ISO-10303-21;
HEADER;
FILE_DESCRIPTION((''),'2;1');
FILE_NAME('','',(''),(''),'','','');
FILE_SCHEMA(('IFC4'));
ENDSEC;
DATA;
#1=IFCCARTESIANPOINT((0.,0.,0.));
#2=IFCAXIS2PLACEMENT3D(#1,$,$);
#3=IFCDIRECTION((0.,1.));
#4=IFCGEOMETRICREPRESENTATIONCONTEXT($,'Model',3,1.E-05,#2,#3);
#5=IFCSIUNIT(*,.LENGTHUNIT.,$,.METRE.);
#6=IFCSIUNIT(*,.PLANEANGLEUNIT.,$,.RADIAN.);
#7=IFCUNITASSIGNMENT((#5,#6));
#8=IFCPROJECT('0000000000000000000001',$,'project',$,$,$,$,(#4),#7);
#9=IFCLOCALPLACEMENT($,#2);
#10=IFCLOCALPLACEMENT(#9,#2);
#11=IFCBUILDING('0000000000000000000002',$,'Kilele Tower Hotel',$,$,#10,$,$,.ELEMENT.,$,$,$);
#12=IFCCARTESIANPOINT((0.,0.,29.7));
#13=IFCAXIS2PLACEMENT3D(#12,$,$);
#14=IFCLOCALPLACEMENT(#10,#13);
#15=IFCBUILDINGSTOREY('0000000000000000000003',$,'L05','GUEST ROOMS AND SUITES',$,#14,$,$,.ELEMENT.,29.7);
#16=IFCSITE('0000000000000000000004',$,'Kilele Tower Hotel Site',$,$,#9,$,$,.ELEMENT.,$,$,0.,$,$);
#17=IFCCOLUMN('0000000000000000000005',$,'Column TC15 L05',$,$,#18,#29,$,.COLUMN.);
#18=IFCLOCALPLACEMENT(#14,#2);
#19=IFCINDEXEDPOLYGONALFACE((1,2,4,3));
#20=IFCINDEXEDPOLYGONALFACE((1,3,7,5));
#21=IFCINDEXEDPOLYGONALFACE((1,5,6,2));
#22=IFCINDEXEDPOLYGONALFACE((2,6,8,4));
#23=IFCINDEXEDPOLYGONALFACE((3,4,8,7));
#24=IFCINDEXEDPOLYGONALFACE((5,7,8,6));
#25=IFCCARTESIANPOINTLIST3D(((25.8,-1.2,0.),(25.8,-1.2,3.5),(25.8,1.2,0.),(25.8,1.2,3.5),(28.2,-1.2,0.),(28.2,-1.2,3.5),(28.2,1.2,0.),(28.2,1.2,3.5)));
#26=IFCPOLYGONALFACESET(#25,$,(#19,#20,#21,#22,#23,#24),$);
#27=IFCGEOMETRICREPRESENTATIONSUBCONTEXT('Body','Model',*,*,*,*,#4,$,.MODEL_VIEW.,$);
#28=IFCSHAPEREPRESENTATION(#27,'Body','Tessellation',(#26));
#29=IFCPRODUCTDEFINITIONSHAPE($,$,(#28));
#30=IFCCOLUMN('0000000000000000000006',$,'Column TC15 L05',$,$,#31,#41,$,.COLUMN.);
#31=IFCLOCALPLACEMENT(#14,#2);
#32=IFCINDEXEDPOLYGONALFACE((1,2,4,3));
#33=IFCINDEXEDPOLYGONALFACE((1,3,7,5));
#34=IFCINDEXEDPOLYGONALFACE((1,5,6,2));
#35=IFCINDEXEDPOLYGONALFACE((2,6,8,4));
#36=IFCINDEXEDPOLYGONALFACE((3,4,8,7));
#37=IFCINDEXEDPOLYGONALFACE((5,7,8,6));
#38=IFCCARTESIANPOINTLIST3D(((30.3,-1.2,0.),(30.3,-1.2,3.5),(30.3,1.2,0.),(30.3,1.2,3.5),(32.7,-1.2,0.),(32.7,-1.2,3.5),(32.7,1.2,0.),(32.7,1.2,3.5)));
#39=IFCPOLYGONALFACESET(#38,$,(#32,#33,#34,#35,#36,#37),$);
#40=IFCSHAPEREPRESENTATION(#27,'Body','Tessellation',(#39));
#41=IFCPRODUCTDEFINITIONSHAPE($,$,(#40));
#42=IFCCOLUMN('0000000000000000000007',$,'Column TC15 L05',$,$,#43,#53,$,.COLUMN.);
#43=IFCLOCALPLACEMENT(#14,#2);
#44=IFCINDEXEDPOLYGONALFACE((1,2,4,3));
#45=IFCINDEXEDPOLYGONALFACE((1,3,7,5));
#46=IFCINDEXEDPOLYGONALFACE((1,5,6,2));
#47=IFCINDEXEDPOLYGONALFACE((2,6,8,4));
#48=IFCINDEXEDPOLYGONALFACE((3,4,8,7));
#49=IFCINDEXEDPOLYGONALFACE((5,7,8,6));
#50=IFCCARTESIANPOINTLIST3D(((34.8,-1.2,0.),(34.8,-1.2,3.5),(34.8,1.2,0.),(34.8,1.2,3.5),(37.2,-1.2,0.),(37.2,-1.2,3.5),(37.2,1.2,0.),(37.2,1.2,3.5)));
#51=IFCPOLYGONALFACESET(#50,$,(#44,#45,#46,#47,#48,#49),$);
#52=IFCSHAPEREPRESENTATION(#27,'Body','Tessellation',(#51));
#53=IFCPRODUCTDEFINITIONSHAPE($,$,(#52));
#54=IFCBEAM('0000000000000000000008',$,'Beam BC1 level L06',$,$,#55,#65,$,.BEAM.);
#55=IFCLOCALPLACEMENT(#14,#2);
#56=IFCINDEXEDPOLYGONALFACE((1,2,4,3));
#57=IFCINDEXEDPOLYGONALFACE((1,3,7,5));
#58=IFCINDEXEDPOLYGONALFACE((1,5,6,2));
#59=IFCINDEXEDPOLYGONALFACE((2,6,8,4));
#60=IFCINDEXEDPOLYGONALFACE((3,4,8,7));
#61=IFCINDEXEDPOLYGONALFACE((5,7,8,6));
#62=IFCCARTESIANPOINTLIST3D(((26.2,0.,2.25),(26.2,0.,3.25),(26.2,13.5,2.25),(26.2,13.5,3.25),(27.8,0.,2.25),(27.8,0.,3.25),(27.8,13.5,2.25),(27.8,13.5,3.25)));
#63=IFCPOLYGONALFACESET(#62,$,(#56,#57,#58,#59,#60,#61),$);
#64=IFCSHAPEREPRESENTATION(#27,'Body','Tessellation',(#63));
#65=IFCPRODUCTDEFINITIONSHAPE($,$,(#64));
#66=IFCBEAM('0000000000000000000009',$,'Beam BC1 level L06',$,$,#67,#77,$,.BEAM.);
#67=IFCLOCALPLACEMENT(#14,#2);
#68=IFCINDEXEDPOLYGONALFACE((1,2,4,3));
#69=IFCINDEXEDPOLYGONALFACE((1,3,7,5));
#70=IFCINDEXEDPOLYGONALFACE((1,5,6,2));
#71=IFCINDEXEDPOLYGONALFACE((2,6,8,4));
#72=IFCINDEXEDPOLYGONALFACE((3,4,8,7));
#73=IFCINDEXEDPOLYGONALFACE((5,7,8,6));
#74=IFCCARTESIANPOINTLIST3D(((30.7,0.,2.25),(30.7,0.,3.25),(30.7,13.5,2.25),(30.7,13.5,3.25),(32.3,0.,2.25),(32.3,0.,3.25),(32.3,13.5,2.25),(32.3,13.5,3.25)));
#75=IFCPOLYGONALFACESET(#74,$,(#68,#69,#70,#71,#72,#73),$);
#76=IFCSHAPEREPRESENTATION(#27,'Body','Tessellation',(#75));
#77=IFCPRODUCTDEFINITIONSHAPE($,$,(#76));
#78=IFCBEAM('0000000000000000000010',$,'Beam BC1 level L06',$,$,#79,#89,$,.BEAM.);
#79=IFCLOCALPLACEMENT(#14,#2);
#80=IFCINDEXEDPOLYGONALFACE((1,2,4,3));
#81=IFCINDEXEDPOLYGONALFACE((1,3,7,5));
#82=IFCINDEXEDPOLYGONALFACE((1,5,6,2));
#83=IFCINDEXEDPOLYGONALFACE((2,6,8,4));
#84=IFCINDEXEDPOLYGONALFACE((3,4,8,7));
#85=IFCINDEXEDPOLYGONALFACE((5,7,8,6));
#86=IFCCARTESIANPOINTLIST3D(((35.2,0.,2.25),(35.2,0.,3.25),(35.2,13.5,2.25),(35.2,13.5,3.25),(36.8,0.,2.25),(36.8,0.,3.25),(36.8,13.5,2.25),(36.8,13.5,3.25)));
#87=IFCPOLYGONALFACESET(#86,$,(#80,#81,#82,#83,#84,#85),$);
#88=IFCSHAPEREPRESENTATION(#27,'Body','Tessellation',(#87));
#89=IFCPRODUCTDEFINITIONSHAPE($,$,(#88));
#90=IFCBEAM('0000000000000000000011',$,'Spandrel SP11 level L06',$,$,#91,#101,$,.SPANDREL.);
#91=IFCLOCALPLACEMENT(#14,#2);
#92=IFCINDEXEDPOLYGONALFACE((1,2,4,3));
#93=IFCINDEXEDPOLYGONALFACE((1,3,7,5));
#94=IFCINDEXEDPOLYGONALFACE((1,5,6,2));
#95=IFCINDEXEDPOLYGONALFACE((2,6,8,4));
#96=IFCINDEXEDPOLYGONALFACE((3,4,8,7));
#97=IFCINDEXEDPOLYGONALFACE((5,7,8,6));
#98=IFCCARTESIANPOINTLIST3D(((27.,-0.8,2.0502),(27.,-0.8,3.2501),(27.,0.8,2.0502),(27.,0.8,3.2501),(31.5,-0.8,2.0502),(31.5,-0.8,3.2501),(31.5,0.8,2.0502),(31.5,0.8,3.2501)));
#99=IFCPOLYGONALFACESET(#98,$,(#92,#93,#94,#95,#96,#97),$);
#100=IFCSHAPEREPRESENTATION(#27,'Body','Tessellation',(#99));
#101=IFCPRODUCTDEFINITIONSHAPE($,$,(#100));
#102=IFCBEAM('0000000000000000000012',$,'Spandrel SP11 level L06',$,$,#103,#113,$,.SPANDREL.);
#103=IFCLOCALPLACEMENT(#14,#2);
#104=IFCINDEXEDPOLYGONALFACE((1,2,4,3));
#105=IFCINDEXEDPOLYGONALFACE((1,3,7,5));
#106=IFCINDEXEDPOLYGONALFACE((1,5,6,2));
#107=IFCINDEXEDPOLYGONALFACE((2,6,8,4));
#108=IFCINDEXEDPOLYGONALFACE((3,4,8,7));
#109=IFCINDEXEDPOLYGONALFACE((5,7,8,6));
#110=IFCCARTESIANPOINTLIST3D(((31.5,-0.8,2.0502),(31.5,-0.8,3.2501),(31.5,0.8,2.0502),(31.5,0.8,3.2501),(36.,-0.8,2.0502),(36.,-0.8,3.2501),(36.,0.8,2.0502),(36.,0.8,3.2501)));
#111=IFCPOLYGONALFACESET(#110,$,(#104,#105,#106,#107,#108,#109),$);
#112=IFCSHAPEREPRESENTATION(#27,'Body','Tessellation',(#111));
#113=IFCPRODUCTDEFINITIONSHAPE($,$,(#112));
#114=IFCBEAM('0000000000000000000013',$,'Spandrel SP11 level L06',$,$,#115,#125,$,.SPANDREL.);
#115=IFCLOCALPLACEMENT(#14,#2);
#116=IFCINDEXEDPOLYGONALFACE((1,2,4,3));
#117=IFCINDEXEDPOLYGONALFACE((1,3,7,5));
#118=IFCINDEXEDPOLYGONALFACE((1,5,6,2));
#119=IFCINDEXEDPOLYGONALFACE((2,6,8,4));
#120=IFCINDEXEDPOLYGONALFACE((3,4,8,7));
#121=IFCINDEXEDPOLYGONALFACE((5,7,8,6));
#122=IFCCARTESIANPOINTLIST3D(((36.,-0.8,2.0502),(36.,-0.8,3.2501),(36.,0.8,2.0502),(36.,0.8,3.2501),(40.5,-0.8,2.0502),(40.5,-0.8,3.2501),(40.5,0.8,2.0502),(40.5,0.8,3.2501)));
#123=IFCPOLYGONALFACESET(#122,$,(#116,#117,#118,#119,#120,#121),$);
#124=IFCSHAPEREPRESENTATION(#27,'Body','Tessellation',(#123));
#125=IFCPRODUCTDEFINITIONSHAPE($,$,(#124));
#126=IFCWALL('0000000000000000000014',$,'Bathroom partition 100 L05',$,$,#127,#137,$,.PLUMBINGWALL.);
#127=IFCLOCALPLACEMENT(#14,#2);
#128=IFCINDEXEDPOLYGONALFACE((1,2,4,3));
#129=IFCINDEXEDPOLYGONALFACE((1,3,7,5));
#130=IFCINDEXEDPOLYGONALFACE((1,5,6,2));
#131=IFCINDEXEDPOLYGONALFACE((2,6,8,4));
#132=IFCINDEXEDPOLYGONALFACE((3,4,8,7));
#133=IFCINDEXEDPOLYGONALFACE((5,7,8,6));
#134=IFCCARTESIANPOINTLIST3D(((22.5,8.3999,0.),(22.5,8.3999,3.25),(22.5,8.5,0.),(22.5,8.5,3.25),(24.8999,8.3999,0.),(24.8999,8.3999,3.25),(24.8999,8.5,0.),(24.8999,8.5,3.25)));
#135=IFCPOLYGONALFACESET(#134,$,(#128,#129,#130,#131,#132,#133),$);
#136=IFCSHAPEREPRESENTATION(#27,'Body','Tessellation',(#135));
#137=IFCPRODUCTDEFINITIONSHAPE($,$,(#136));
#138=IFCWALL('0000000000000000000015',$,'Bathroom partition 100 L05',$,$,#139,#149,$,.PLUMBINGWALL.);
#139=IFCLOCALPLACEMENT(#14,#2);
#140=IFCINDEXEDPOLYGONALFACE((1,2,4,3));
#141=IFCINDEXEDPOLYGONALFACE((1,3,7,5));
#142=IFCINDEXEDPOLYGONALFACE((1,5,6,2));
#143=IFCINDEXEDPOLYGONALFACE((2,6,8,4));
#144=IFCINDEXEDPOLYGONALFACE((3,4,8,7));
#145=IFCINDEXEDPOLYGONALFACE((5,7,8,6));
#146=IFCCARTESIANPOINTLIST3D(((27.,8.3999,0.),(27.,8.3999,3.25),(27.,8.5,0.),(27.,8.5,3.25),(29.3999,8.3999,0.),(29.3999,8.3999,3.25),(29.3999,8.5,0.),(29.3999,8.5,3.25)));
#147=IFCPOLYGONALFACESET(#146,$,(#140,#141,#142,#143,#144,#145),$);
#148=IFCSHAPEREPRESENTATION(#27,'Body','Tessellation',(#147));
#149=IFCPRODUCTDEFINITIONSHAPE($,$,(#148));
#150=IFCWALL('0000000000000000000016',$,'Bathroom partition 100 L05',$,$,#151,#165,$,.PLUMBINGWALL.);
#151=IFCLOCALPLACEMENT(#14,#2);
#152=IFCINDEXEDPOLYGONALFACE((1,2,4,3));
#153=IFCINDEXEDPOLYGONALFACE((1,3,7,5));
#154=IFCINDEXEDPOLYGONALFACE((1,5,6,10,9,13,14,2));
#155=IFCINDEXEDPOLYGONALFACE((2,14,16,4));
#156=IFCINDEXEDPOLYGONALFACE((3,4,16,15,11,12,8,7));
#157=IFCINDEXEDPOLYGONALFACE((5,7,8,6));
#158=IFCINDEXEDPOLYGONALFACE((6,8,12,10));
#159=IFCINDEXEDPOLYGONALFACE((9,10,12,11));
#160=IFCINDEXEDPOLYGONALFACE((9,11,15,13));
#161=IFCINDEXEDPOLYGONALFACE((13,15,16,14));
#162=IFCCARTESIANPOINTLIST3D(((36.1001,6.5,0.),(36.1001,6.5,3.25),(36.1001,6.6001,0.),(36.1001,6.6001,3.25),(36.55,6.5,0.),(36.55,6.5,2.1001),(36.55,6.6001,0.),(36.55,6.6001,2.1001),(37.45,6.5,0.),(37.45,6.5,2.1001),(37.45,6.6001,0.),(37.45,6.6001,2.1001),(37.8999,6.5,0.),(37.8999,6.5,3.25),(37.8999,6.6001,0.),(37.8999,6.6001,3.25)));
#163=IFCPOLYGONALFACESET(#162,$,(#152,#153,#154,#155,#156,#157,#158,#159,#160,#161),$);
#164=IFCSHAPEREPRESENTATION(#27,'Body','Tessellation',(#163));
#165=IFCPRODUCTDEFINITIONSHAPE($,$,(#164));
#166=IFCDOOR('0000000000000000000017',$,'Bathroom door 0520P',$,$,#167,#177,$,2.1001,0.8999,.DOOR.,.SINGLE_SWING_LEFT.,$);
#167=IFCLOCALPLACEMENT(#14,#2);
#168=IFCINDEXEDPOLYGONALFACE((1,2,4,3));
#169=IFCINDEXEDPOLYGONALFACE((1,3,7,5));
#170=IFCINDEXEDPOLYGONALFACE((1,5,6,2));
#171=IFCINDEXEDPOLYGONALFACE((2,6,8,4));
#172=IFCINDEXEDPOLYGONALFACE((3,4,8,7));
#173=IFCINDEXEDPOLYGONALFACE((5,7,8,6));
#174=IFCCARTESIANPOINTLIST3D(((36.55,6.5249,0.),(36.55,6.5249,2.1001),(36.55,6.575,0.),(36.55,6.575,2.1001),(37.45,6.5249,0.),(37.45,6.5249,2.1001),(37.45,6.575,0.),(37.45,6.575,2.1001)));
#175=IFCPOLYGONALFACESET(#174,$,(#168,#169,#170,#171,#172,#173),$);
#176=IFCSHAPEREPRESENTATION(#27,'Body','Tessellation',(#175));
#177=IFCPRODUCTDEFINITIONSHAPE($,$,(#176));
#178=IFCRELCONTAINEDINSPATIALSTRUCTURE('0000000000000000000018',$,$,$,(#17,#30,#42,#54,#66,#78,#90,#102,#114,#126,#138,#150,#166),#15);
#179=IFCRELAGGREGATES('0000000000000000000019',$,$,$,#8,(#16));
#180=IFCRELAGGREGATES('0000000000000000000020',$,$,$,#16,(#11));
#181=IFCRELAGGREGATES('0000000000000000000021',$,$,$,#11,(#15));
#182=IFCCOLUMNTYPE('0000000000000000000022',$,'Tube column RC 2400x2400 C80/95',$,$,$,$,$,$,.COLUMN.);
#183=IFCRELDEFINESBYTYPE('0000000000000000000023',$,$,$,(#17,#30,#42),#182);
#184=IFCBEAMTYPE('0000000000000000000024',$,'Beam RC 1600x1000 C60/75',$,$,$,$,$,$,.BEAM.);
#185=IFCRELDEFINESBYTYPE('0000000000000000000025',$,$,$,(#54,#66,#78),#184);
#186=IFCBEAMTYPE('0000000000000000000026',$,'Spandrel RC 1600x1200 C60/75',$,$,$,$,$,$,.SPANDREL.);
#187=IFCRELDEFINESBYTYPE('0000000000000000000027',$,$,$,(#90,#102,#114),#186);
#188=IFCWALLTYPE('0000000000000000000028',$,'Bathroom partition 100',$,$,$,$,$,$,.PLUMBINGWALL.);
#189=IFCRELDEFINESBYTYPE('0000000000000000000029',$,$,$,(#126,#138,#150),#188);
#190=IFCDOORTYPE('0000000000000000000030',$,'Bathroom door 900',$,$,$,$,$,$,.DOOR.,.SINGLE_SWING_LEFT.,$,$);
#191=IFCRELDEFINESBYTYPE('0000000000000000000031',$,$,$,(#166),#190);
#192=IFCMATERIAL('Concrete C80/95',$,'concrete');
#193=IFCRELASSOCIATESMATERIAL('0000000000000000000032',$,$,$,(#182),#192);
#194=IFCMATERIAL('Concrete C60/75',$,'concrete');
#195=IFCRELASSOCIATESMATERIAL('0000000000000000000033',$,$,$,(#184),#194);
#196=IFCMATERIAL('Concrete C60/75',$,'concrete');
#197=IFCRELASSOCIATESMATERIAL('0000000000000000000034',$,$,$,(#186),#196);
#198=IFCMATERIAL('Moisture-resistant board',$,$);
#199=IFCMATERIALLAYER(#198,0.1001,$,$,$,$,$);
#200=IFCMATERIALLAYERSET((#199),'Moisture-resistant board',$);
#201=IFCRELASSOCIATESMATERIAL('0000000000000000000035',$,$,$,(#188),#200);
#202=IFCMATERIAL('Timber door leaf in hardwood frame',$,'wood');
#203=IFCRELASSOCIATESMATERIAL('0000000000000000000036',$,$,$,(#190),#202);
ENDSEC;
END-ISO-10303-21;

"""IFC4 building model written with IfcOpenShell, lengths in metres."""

from ifc_helpers import new_model, si_unit, direction, frame, frame_2d, origin, origin_2d, place, context, subcontext, project, spatial, rectangle, extrude, material, layer, layer_set, material_profile, profile_set, type_object, element, fill, save


model = new_model("IFC4")

# Units and contexts
model_context = context("Model", 3, precision=1e-05, world=origin(), true_north=direction((0.0, 1.0)))
body_context = subcontext(model_context, "Body", "Model", "MODEL_VIEW")
ifc_project = project(units=[si_unit("LENGTHUNIT", "METRE"), si_unit("PLANEANGLEUNIT", "RADIAN")], contexts=[model_context])

# Site, building, storey
site_placement = place(None, origin())
site = spatial("IfcSite", under=ifc_project, at=site_placement, Name="Kilele Tower Hotel Site", CompositionType="ELEMENT", RefElevation=0.0)
building_placement = place(site_placement, origin())
building = spatial("IfcBuilding", under=site, at=building_placement, Name="Kilele Tower Hotel", CompositionType="ELEMENT")
storey_placement = place(building_placement, frame((0.0, 0.0, 29.7)))
storey = spatial("IfcBuildingStorey", under=building, at=storey_placement, Name="L05", Description="GUEST ROOMS AND SUITES", CompositionType="ELEMENT", Elevation=29.7)

# Columns
ifc_material_1 = material(Name="Concrete C80/95", Category="concrete")
ifc_material_profile_1 = material_profile(ifc_material_1, rectangle(XDim=2.3999, YDim=2.3999, at=origin_2d()))
ifc_profile_set_1 = profile_set([ifc_material_profile_1], Name="Concrete C80/95")
column_type = type_object("IfcColumnType", Name="Tube column RC 2400x2400 C80/95", PredefinedType="COLUMN", material=ifc_profile_set_1)
for number, where, z_axis, x_axis, name in (
    (1, (27.0, 0.0, 0.0), (0.0, 0.0, 1.0), (1.0, 0.0, 0.0), "Column TC15 L05"),
    (2, (31.5, 0.0, 0.0), (0.0, 0.0, 1.0), (1.0, 0.0, 0.0), "Column TC15 L05"),
    (3, (36.0, 0.0, 0.0), (0.0, 0.0, 1.0), (1.0, 0.0, 0.0), "Column TC15 L05"),
):
    element("IfcColumn", number, at=place(storey_placement, frame(where, z_axis=z_axis, x_axis=x_axis)), inside=storey, type_object=column_type, Name=name, PredefinedType="COLUMN", context=body_context, shape_type="SweptSolid", body=[
        extrude(rectangle(XDim=2.3999, YDim=2.3999, at=origin_2d()), origin(), (0.0, 0.0, 1.0), 3.5),
    ])

# Beams
ifc_material_2 = material(Name="Concrete C60/75", Category="concrete")
ifc_material_profile_2 = material_profile(ifc_material_2, rectangle(XDim=1.6001, YDim=1.0, at=origin_2d()))
ifc_profile_set_2 = profile_set([ifc_material_profile_2], Name="Concrete C60/75")
beam_type_1 = type_object("IfcBeamType", Name="Beam RC 1600x1000 C60/75", PredefinedType="BEAM", material=ifc_profile_set_2)
for number, where, z_axis, x_axis, name in (
    (4, (27.0, 0.0, 2.75), (0.0, 1.0, 0.0), (-1.0, 0.0, 0.0), "Beam BC1 level L06"),
    (5, (31.5, 0.0, 2.75), (0.0, 1.0, 0.0), (-1.0, 0.0, 0.0), "Beam BC1 level L06"),
    (6, (36.0, 0.0, 2.75), (0.0, 1.0, 0.0), (-1.0, 0.0, 0.0), "Beam BC1 level L06"),
):
    element("IfcBeam", number, at=place(storey_placement, frame(where, z_axis=z_axis, x_axis=x_axis)), inside=storey, type_object=beam_type_1, Name=name, PredefinedType="BEAM", context=body_context, shape_type="SweptSolid", body=[
        extrude(rectangle(XDim=1.6001, YDim=1.0, at=origin_2d()), origin(), (0.0, 0.0, 1.0), 13.5),
    ])
ifc_material_3 = material(Name="Concrete C60/75", Category="concrete")
ifc_material_profile_3 = material_profile(ifc_material_3, rectangle(XDim=1.6001, YDim=1.2, at=origin_2d()))
ifc_profile_set_3 = profile_set([ifc_material_profile_3], Name="Concrete C60/75")
beam_type_2 = type_object("IfcBeamType", Name="Spandrel RC 1600x1200 C60/75", PredefinedType="SPANDREL", material=ifc_profile_set_3)
for number, where, z_axis, x_axis, name in (
    (7, (27.0, 0.0, 2.6501), (1.0, 0.0, 0.0), (0.0, 1.0, 0.0), "Spandrel SP11 level L06"),
    (8, (31.5, 0.0, 2.6501), (1.0, 0.0, 0.0), (0.0, 1.0, 0.0), "Spandrel SP11 level L06"),
    (9, (36.0, 0.0, 2.6501), (1.0, 0.0, 0.0), (0.0, 1.0, 0.0), "Spandrel SP11 level L06"),
):
    element("IfcBeam", number, at=place(storey_placement, frame(where, z_axis=z_axis, x_axis=x_axis)), inside=storey, type_object=beam_type_2, Name=name, PredefinedType="SPANDREL", context=body_context, shape_type="SweptSolid", body=[
        extrude(rectangle(XDim=1.6001, YDim=1.2, at=origin_2d()), origin(), (0.0, 0.0, 1.0), 4.5),
    ])

# Walls
ifc_material_4 = material(Name="Moisture-resistant board")
ifc_layer_1 = layer(ifc_material_4, 0.1001)
ifc_layer_set_1 = layer_set([ifc_layer_1], Name="Moisture-resistant board")
wall_type_1 = type_object("IfcWallType", Name="Bathroom partition 100", PredefinedType="PLUMBINGWALL", material=ifc_layer_set_1)
for number, where, z_axis, x_axis, name in (
    (10, (22.5, 8.45, 0.0), (0.0, 0.0, 1.0), (1.0, 0.0, 0.0), "Bathroom partition 100 L05"),
    (11, (27.0, 8.45, 0.0), (0.0, 0.0, 1.0), (1.0, 0.0, 0.0), "Bathroom partition 100 L05"),
):
    element("IfcWall", number, at=place(storey_placement, frame(where, z_axis=z_axis, x_axis=x_axis)), inside=storey, type_object=wall_type_1, Name=name, PredefinedType="PLUMBINGWALL", context=body_context, shape_type="SweptSolid", body=[
        extrude(rectangle(XDim=2.3999, YDim=0.1001, at=frame_2d((1.2, 0.0))), origin(), (0.0, 0.0, 1.0), 3.25),
    ])

# Wall, opening, door
wall_1_placement = place(storey_placement, frame((36.1001, 6.55, 0.0), z_axis=(0.0, 0.0, 1.0), x_axis=(1.0, 0.0, 0.0)))
wall_1 = element("IfcWall", 12, at=wall_1_placement, inside=storey, type_object=wall_type_1, Name="Bathroom partition 100 L05", PredefinedType="PLUMBINGWALL", context=body_context, shape_type="SweptSolid", body=[
    extrude(rectangle(XDim=1.7998, YDim=0.1001, at=frame_2d((0.8999, 0.0))), origin(), (0.0, 0.0, 1.0), 3.25),
])
opening_1_placement = place(wall_1_placement, frame((0.45, 0.0, 0.0)))
opening_1 = element("IfcOpeningElement", 13, at=opening_1_placement, cuts=wall_1, PredefinedType="OPENING", context=body_context, shape_type="SweptSolid", body=[
    extrude(rectangle(XDim=0.8999, YDim=2.1001, at=frame_2d((0.45, 1.05))), frame((0.0, 0.0601, 0.0), z_axis=(0.0, -1.0, 0.0), x_axis=(1.0, 0.0, 0.0)), (0.0, 0.0, 1.0), 0.1201),
])
ifc_material_5 = material(Name="Timber door leaf in hardwood frame", Category="wood")
door_type_1 = type_object("IfcDoorType", Name="Bathroom door 900", OperationType="SINGLE_SWING_LEFT", PredefinedType="DOOR", material=ifc_material_5)
door_1_placement = place(opening_1_placement, origin())
door_1 = element("IfcDoor", 14, at=door_1_placement, inside=storey, type_object=door_type_1, Name="Bathroom door 0520P", OperationType="SINGLE_SWING_LEFT", OverallHeight=2.1001, OverallWidth=0.8999, PredefinedType="DOOR", context=body_context, shape_type="SweptSolid", body=[
    extrude(rectangle(XDim=0.8999, YDim=2.1001, at=frame_2d((0.45, 1.05))), frame((0.0, 0.0249, 0.0), z_axis=(0.0, -1.0, 0.0), x_axis=(1.0, 0.0, 0.0)), (0.0, 0.0, 1.0), 0.05),
])
fill(opening_1, door_1)

save(model, "model.ifc")
